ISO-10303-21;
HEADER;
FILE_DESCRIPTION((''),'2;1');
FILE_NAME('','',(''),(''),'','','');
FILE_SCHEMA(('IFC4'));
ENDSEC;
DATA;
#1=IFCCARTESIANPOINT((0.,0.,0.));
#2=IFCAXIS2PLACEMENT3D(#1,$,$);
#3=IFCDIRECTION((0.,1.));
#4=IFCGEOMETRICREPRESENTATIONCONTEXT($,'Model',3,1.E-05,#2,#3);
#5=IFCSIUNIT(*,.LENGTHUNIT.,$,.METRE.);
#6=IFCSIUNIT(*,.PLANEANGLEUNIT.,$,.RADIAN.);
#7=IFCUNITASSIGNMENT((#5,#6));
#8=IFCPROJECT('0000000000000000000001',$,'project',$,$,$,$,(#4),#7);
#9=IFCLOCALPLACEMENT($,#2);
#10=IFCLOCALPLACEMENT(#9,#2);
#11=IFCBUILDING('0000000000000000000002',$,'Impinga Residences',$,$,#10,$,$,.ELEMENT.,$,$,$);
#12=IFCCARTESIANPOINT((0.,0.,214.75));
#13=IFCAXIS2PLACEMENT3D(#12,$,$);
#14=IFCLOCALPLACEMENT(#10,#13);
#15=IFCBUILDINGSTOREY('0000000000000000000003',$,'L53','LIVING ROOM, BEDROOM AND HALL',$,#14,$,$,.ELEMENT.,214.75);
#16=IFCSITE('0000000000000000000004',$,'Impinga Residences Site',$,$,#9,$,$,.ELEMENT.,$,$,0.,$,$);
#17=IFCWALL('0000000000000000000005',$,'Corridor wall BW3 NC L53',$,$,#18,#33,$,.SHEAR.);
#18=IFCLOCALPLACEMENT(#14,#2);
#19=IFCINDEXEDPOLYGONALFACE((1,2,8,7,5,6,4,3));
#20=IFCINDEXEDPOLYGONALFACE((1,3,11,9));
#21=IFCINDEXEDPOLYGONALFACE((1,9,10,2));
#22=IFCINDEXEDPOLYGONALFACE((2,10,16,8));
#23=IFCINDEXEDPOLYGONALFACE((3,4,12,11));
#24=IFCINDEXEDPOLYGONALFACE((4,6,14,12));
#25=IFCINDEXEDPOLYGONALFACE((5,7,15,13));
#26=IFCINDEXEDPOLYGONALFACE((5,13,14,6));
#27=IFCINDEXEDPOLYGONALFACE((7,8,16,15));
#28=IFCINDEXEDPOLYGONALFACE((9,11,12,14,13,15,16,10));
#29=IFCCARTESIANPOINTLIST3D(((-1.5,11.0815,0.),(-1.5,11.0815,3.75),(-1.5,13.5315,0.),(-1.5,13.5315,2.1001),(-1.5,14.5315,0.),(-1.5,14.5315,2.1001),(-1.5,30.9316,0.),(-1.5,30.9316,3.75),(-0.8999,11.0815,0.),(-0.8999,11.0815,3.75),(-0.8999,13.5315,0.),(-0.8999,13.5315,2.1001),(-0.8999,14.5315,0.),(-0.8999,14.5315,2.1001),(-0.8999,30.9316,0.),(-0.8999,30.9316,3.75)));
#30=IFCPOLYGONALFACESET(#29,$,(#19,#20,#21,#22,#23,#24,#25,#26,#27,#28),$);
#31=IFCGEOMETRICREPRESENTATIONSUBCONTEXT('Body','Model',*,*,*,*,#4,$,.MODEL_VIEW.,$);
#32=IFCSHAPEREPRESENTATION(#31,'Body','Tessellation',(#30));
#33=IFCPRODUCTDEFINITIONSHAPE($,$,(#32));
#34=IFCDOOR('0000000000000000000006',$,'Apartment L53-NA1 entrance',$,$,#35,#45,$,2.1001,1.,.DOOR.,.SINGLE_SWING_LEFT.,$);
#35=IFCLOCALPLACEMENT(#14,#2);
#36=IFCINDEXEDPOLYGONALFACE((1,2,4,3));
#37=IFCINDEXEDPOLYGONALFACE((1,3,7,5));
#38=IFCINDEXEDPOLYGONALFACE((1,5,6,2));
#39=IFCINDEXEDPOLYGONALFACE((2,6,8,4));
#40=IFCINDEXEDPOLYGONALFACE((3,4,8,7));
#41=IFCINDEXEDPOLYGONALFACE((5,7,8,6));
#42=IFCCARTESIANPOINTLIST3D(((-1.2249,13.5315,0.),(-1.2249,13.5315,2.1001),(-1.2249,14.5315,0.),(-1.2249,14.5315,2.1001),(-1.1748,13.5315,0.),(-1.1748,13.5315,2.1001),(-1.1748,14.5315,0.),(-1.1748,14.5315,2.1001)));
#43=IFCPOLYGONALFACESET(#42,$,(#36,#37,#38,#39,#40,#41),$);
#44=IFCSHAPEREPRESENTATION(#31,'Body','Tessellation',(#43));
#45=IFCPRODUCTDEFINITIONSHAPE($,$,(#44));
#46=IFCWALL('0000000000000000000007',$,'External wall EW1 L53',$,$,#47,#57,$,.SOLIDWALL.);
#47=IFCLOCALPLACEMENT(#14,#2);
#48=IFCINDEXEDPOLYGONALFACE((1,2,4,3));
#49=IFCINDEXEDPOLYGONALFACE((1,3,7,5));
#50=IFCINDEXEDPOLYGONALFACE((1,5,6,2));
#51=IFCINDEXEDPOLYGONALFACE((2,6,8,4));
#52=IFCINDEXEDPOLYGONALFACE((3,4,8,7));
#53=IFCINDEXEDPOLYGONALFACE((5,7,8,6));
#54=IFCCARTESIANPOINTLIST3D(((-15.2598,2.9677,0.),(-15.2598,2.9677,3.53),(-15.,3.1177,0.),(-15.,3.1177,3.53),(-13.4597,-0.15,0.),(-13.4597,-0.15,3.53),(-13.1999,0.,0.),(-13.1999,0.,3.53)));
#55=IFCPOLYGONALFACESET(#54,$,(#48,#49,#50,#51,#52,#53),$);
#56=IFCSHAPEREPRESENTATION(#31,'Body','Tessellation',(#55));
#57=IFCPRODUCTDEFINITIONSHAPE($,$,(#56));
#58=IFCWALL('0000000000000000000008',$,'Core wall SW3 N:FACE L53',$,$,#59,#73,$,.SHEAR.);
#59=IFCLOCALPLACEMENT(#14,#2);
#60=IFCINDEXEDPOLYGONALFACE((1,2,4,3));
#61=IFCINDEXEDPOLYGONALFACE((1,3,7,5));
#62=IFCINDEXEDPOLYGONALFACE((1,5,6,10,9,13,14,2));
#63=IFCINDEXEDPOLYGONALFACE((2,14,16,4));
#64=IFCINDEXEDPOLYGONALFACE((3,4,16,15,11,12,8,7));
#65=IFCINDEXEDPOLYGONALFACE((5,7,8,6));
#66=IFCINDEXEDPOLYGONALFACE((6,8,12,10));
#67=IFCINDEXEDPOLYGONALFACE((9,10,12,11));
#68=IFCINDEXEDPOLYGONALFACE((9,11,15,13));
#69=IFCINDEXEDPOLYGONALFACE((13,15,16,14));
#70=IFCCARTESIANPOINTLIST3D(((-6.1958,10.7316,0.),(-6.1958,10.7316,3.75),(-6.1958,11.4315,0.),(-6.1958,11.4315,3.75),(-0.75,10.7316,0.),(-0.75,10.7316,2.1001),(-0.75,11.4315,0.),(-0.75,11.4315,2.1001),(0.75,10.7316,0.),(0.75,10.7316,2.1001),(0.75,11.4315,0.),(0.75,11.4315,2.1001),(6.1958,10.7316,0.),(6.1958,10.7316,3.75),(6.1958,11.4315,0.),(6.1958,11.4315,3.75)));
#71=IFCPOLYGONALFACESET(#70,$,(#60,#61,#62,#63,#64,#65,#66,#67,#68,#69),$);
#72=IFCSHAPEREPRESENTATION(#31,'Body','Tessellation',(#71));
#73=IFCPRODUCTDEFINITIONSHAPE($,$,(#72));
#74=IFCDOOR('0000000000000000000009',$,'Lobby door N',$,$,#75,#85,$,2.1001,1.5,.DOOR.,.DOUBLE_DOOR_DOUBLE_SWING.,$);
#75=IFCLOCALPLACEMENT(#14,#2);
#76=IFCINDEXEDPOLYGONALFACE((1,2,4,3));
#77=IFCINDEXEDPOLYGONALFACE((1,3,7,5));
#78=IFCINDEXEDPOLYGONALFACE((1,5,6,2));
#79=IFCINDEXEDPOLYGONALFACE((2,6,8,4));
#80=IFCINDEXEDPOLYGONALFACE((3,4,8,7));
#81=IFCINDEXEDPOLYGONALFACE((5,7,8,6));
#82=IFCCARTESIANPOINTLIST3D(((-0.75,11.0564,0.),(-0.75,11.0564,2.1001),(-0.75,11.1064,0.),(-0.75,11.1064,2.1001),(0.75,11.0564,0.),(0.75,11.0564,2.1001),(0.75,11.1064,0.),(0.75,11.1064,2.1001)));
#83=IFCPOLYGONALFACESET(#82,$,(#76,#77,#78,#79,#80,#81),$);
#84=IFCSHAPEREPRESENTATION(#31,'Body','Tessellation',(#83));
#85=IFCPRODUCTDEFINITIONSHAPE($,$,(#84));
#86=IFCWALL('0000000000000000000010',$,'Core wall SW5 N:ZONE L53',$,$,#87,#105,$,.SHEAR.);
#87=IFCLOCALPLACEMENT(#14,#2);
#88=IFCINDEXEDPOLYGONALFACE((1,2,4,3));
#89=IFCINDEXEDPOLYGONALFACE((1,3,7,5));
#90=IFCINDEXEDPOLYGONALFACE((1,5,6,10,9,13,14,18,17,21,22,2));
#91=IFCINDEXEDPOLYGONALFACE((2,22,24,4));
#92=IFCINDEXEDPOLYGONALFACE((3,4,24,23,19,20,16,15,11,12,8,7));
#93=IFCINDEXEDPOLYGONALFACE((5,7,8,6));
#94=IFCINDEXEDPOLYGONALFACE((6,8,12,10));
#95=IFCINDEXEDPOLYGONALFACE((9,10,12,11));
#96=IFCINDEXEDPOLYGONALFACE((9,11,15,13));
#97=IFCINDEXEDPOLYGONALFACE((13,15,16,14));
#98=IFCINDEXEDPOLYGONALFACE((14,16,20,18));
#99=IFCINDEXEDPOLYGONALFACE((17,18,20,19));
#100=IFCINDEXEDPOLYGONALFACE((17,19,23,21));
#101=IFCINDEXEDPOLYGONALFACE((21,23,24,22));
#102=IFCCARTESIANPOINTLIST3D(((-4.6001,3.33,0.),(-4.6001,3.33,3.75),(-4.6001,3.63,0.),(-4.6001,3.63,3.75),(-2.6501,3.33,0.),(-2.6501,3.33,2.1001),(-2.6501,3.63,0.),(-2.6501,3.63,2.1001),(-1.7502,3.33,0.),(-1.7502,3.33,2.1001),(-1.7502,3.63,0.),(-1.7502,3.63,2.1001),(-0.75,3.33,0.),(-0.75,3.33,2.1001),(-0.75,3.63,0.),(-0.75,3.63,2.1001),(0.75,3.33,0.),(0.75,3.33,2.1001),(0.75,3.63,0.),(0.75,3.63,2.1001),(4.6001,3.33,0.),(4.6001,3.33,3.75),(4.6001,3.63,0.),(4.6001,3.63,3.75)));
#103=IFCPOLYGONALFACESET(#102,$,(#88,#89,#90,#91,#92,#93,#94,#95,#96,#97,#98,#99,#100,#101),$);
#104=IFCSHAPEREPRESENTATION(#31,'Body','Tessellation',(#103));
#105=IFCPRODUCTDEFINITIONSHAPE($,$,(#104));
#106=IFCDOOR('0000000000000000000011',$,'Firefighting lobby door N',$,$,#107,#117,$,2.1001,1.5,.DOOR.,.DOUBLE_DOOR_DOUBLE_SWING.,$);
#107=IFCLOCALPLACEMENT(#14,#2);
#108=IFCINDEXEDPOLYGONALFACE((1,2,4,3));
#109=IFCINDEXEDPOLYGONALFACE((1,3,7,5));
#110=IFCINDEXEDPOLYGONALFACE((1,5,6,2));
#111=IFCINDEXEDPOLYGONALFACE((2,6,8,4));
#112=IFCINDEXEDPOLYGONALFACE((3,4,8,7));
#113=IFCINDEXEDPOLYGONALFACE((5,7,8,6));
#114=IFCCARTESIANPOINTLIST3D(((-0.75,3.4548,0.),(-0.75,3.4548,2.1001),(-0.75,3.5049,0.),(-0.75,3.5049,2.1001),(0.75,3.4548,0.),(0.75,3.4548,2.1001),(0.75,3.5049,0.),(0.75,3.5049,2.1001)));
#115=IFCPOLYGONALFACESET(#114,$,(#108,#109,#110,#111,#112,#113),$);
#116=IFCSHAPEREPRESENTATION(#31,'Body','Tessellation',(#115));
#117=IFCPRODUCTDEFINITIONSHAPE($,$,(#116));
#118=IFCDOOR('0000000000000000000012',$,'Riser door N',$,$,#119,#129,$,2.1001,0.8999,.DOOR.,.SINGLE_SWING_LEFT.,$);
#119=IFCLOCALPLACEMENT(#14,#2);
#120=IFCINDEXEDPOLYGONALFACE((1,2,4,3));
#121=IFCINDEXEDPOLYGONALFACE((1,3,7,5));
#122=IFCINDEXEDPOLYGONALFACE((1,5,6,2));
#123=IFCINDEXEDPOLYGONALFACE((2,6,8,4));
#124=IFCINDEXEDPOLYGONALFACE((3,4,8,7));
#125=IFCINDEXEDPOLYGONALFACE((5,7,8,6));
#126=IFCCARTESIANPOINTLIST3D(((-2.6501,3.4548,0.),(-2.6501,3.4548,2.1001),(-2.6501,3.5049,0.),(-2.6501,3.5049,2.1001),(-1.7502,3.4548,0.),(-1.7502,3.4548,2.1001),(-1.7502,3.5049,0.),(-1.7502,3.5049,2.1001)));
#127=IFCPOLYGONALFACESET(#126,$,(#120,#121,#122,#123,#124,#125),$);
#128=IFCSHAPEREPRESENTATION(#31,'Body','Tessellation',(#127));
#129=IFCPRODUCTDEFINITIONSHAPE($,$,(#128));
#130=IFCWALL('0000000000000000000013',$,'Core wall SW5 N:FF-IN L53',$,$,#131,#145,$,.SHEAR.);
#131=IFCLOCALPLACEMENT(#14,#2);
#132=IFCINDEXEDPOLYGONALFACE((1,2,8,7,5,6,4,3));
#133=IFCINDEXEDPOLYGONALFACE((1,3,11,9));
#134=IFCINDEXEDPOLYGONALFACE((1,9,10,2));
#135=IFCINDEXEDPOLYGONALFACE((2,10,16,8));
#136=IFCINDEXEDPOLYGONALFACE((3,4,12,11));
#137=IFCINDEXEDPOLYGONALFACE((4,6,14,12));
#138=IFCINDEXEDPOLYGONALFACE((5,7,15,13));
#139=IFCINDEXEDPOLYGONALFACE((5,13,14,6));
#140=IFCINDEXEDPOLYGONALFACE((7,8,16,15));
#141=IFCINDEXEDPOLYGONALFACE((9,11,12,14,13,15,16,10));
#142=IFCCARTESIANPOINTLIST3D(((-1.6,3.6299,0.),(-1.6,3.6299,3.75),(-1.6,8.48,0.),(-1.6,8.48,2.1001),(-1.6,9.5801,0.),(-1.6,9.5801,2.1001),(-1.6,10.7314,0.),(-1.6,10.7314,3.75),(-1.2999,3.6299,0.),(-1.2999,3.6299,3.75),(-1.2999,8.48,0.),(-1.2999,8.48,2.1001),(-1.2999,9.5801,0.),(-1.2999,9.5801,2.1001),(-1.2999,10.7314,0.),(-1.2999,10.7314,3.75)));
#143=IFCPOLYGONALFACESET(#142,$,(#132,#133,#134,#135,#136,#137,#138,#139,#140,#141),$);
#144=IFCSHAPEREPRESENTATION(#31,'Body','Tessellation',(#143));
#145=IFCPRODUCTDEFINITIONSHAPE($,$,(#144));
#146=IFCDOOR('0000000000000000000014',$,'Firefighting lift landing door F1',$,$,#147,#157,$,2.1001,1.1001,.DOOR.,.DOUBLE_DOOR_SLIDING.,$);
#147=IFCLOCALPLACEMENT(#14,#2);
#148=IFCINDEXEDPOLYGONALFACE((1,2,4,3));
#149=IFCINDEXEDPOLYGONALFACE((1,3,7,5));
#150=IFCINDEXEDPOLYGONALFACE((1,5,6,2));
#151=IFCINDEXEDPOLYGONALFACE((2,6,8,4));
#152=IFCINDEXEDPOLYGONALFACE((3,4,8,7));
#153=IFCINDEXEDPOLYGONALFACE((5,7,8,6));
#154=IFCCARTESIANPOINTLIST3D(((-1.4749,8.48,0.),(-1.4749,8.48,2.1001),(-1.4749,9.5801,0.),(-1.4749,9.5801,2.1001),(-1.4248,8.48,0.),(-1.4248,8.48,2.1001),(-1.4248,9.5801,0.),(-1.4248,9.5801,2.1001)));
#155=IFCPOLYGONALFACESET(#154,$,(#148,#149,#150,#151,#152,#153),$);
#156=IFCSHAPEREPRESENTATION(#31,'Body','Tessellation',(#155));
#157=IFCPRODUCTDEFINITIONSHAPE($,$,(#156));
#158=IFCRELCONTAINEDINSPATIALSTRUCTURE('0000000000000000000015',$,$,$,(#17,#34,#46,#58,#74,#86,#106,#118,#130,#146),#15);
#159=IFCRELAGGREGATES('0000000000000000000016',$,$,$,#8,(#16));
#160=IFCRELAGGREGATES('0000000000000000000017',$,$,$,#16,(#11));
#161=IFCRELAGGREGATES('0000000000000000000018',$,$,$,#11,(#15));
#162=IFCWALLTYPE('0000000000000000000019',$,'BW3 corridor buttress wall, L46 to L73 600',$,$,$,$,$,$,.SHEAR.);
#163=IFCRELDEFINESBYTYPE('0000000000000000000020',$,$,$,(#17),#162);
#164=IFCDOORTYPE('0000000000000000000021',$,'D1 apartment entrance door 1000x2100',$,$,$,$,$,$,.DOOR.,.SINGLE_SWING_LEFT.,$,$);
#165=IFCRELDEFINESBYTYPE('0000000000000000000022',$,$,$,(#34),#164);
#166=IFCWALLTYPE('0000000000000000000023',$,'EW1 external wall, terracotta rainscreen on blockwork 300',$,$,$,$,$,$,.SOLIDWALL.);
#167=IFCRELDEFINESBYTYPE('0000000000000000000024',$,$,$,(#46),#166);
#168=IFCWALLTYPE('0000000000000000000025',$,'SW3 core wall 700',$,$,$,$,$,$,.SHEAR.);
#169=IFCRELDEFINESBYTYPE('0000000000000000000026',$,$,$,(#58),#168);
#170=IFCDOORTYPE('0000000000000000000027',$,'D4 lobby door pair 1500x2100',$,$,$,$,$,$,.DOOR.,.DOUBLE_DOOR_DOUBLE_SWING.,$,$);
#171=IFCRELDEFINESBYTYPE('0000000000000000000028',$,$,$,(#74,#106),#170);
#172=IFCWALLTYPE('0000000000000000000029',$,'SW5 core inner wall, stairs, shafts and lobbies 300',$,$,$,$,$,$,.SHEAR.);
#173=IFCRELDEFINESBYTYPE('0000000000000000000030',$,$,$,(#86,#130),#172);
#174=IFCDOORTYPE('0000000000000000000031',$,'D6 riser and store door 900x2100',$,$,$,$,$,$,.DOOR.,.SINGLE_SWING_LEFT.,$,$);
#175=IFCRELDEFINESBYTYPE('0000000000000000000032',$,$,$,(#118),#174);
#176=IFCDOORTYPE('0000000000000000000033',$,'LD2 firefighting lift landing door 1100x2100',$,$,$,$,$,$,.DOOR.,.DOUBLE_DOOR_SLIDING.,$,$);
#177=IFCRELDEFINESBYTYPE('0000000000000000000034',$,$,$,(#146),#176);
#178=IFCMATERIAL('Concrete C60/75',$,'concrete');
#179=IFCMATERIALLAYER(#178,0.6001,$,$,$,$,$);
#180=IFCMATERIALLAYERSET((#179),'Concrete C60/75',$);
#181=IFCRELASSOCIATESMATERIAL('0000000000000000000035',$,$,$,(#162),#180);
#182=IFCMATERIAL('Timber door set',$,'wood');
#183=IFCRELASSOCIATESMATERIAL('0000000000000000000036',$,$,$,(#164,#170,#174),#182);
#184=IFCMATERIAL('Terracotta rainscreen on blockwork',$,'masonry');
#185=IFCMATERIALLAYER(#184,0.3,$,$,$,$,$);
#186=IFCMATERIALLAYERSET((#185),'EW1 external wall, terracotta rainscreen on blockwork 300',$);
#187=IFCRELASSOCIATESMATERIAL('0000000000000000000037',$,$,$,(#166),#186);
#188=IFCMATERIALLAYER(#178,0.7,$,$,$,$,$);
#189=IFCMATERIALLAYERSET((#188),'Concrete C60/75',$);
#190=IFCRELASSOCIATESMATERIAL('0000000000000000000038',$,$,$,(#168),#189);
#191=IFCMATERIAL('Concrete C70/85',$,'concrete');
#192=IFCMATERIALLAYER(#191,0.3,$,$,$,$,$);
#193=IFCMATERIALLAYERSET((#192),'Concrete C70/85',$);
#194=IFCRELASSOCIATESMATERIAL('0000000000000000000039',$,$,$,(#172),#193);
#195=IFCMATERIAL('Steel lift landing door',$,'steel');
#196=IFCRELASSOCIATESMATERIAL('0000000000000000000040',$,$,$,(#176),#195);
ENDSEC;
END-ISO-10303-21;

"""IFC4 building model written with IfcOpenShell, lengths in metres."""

from ifc_helpers import new_model, si_unit, direction, frame, frame_2d, origin, place, context, subcontext, project, spatial, rectangle, extrude, material, layer, layer_set, type_object, element, fill, save


model = new_model("IFC4")

# Units and contexts
model_context = context("Model", 3, precision=1e-05, world=origin(), true_north=direction((0.0, 1.0)))
body_context = subcontext(model_context, "Body", "Model", "MODEL_VIEW")
ifc_project = project(units=[si_unit("LENGTHUNIT", "METRE"), si_unit("PLANEANGLEUNIT", "RADIAN")], contexts=[model_context])

# Site, building, storey
site_placement = place(None, origin())
site = spatial("IfcSite", under=ifc_project, at=site_placement, Name="Impinga Residences Site", CompositionType="ELEMENT", RefElevation=0.0)
building_placement = place(site_placement, origin())
building = spatial("IfcBuilding", under=site, at=building_placement, Name="Impinga Residences", CompositionType="ELEMENT")
storey_placement = place(building_placement, frame((0.0, 0.0, 214.75)))
storey = spatial("IfcBuildingStorey", under=building, at=storey_placement, Name="L53", Description="LIVING ROOM, BEDROOM AND HALL", CompositionType="ELEMENT", Elevation=214.75)

# Wall, opening, door
ifc_material_1 = material(Name="Concrete C60/75", Category="concrete")
ifc_layer_1 = layer(ifc_material_1, 0.6001)
ifc_layer_set_1 = layer_set([ifc_layer_1], Name="Concrete C60/75")
wall_type_1 = type_object("IfcWallType", Name="BW3 corridor buttress wall, L46 to L73 600", PredefinedType="SHEAR", material=ifc_layer_set_1)
wall_1_placement = place(storey_placement, frame((-1.2, 11.0815, 0.0), z_axis=(0.0, 0.0, 1.0), x_axis=(0.0, 1.0, 0.0)))
wall_1 = element("IfcWall", 1, at=wall_1_placement, inside=storey, type_object=wall_type_1, Name="Corridor wall BW3 NC L53", PredefinedType="SHEAR", context=body_context, shape_type="SweptSolid", body=[
    extrude(rectangle(XDim=19.8501, YDim=0.6001, at=frame_2d((9.925, 0.0))), origin(), (0.0, 0.0, 1.0), 3.75),
])
opening_1_placement = place(wall_1_placement, frame((2.45, 0.0, 0.0)))
opening_1 = element("IfcOpeningElement", 2, at=opening_1_placement, cuts=wall_1, PredefinedType="OPENING", context=body_context, shape_type="SweptSolid", body=[
    extrude(rectangle(XDim=1.0, YDim=2.1001, at=frame_2d((0.5, 1.05))), frame((0.0, 0.3101, 0.0), z_axis=(0.0, -1.0, 0.0), x_axis=(1.0, 0.0, 0.0)), (0.0, 0.0, 1.0), 0.6201),
])
ifc_material_2 = material(Name="Timber door set", Category="wood")
door_type_1 = type_object("IfcDoorType", Name="D1 apartment entrance door 1000x2100", OperationType="SINGLE_SWING_LEFT", PredefinedType="DOOR", material=ifc_material_2)
door_1_placement = place(opening_1_placement, origin())
door_1 = element("IfcDoor", 3, at=door_1_placement, inside=storey, type_object=door_type_1, Name="Apartment L53-NA1 entrance", OperationType="SINGLE_SWING_LEFT", OverallHeight=2.1001, OverallWidth=1.0, PredefinedType="DOOR", context=body_context, shape_type="SweptSolid", body=[
    extrude(rectangle(XDim=1.0, YDim=2.1001, at=frame_2d((0.5, 1.05))), frame((0.0, 0.0249, 0.0), z_axis=(0.0, -1.0, 0.0), x_axis=(1.0, 0.0, 0.0)), (0.0, 0.0, 1.0), 0.05),
])
fill(opening_1, door_1)

# Wall
ifc_material_3 = material(Name="Terracotta rainscreen on blockwork", Category="masonry")
ifc_layer_2 = layer(ifc_material_3, 0.3)
ifc_layer_set_2 = layer_set([ifc_layer_2], Name="EW1 external wall, terracotta rainscreen on blockwork 300")
wall_type_2 = type_object("IfcWallType", Name="EW1 external wall, terracotta rainscreen on blockwork 300", PredefinedType="SOLIDWALL", material=ifc_layer_set_2)
wall_2_placement = place(storey_placement, frame((-15.1299, 3.0427, 0.0), z_axis=(0.0, 0.0, 1.0), x_axis=(0.500012, -0.866018, 0.0)))
element("IfcWall", 4, at=wall_2_placement, inside=storey, type_object=wall_type_2, Name="External wall EW1 L53", PredefinedType="SOLIDWALL", context=body_context, shape_type="SweptSolid", body=[
    extrude(rectangle(XDim=3.6001, YDim=0.3, at=frame_2d((1.8, 0.0))), origin(), (0.0, 0.0, 1.0), 3.53),
])

# Wall, opening, door
ifc_layer_3 = layer(ifc_material_1, 0.7)
ifc_layer_set_3 = layer_set([ifc_layer_3], Name="Concrete C60/75")
wall_type_3 = type_object("IfcWallType", Name="SW3 core wall 700", PredefinedType="SHEAR", material=ifc_layer_set_3)
wall_3_placement = place(storey_placement, frame((-6.1958, 11.0815, 0.0), z_axis=(0.0, 0.0, 1.0), x_axis=(1.0, 0.0, 0.0)))
wall_3 = element("IfcWall", 5, at=wall_3_placement, inside=storey, type_object=wall_type_3, Name="Core wall SW3 N:FACE L53", PredefinedType="SHEAR", context=body_context, shape_type="SweptSolid", body=[
    extrude(rectangle(XDim=12.3916, YDim=0.7, at=frame_2d((6.1958, 0.0))), origin(), (0.0, 0.0, 1.0), 3.75),
])
opening_2_placement = place(wall_3_placement, frame((5.4458, 0.0, 0.0)))
opening_2 = element("IfcOpeningElement", 6, at=opening_2_placement, cuts=wall_3, PredefinedType="OPENING", context=body_context, shape_type="SweptSolid", body=[
    extrude(rectangle(XDim=1.5, YDim=2.1001, at=frame_2d((0.75, 1.05))), frame((0.0, 0.3599, 0.0), z_axis=(0.0, -1.0, 0.0), x_axis=(1.0, 0.0, 0.0)), (0.0, 0.0, 1.0), 0.72),
])
door_type_2 = type_object("IfcDoorType", Name="D4 lobby door pair 1500x2100", OperationType="DOUBLE_DOOR_DOUBLE_SWING", PredefinedType="DOOR", material=ifc_material_2)
door_2_placement = place(opening_2_placement, origin())
door_2 = element("IfcDoor", 7, at=door_2_placement, inside=storey, type_object=door_type_2, Name="Lobby door N", OperationType="DOUBLE_DOOR_DOUBLE_SWING", OverallHeight=2.1001, OverallWidth=1.5, PredefinedType="DOOR", context=body_context, shape_type="SweptSolid", body=[
    extrude(rectangle(XDim=1.5, YDim=2.1001, at=frame_2d((0.75, 1.05))), frame((0.0, 0.0249, 0.0), z_axis=(0.0, -1.0, 0.0), x_axis=(1.0, 0.0, 0.0)), (0.0, 0.0, 1.0), 0.05),
])
fill(opening_2, door_2)

# Wall, openings, doors
ifc_material_4 = material(Name="Concrete C70/85", Category="concrete")
ifc_layer_4 = layer(ifc_material_4, 0.3)
ifc_layer_set_4 = layer_set([ifc_layer_4], Name="Concrete C70/85")
wall_type_4 = type_object("IfcWallType", Name="SW5 core inner wall, stairs, shafts and lobbies 300", PredefinedType="SHEAR", material=ifc_layer_set_4)
wall_4_placement = place(storey_placement, frame((-4.6001, 3.48, 0.0), z_axis=(0.0, 0.0, 1.0), x_axis=(1.0, 0.0, 0.0)))
wall_4 = element("IfcWall", 8, at=wall_4_placement, inside=storey, type_object=wall_type_4, Name="Core wall SW5 N:ZONE L53", PredefinedType="SHEAR", context=body_context, shape_type="SweptSolid", body=[
    extrude(rectangle(XDim=9.2002, YDim=0.3, at=frame_2d((4.6001, 0.0))), origin(), (0.0, 0.0, 1.0), 3.75),
])
opening_3_placement = place(wall_4_placement, frame((3.8501, 0.0, 0.0)))
opening_3 = element("IfcOpeningElement", 9, at=opening_3_placement, cuts=wall_4, PredefinedType="OPENING", context=body_context, shape_type="SweptSolid", body=[
    extrude(rectangle(XDim=1.5, YDim=2.1001, at=frame_2d((0.75, 1.05))), frame((0.0, 0.1599, 0.0), z_axis=(0.0, -1.0, 0.0), x_axis=(1.0, 0.0, 0.0)), (0.0, 0.0, 1.0), 0.3201),
])
opening_4_placement = place(wall_4_placement, frame((1.95, 0.0, 0.0)))
opening_4 = element("IfcOpeningElement", 10, at=opening_4_placement, cuts=wall_4, PredefinedType="OPENING", context=body_context, shape_type="SweptSolid", body=[
    extrude(rectangle(XDim=0.8999, YDim=2.1001, at=frame_2d((0.45, 1.05))), frame((0.0, 0.1599, 0.0), z_axis=(0.0, -1.0, 0.0), x_axis=(1.0, 0.0, 0.0)), (0.0, 0.0, 1.0), 0.3201),
])
door_3_placement = place(opening_3_placement, origin())
door_3 = element("IfcDoor", 11, at=door_3_placement, inside=storey, type_object=door_type_2, Name="Firefighting lobby door N", OperationType="DOUBLE_DOOR_DOUBLE_SWING", OverallHeight=2.1001, OverallWidth=1.5, PredefinedType="DOOR", context=body_context, shape_type="SweptSolid", body=[
    extrude(rectangle(XDim=1.5, YDim=2.1001, at=frame_2d((0.75, 1.05))), frame((0.0, 0.0249, 0.0), z_axis=(0.0, -1.0, 0.0), x_axis=(1.0, 0.0, 0.0)), (0.0, 0.0, 1.0), 0.05),
])
fill(opening_3, door_3)
door_type_3 = type_object("IfcDoorType", Name="D6 riser and store door 900x2100", OperationType="SINGLE_SWING_LEFT", PredefinedType="DOOR", material=ifc_material_2)
door_4_placement = place(opening_4_placement, origin())
door_4 = element("IfcDoor", 12, at=door_4_placement, inside=storey, type_object=door_type_3, Name="Riser door N", OperationType="SINGLE_SWING_LEFT", OverallHeight=2.1001, OverallWidth=0.8999, PredefinedType="DOOR", context=body_context, shape_type="SweptSolid", body=[
    extrude(rectangle(XDim=0.8999, YDim=2.1001, at=frame_2d((0.45, 1.05))), frame((0.0, 0.0249, 0.0), z_axis=(0.0, -1.0, 0.0), x_axis=(1.0, 0.0, 0.0)), (0.0, 0.0, 1.0), 0.05),
])
fill(opening_4, door_4)

# Wall, opening, door
wall_5_placement = place(storey_placement, frame((-1.45, 3.6299, 0.0), z_axis=(0.0, 0.0, 1.0), x_axis=(0.0, 1.0, 0.0)))
wall_5 = element("IfcWall", 13, at=wall_5_placement, inside=storey, type_object=wall_type_4, Name="Core wall SW5 N:FF-IN L53", PredefinedType="SHEAR", context=body_context, shape_type="SweptSolid", body=[
    extrude(rectangle(XDim=7.1016, YDim=0.3, at=frame_2d((3.5508, 0.0))), origin(), (0.0, 0.0, 1.0), 3.75),
])
opening_5_placement = place(wall_5_placement, frame((4.8501, 0.0, 0.0)))
opening_5 = element("IfcOpeningElement", 14, at=opening_5_placement, cuts=wall_5, PredefinedType="OPENING", context=body_context, shape_type="SweptSolid", body=[
    extrude(rectangle(XDim=1.1001, YDim=2.1001, at=frame_2d((0.55, 1.05))), frame((0.0, 0.1599, 0.0), z_axis=(0.0, -1.0, 0.0), x_axis=(1.0, 0.0, 0.0)), (0.0, 0.0, 1.0), 0.3201),
])
ifc_material_5 = material(Name="Steel lift landing door", Category="steel")
door_type_4 = type_object("IfcDoorType", Name="LD2 firefighting lift landing door 1100x2100", OperationType="DOUBLE_DOOR_SLIDING", PredefinedType="DOOR", material=ifc_material_5)
door_5_placement = place(opening_5_placement, origin())
door_5 = element("IfcDoor", 15, at=door_5_placement, inside=storey, type_object=door_type_4, Name="Firefighting lift landing door F1", OperationType="DOUBLE_DOOR_SLIDING", OverallHeight=2.1001, OverallWidth=1.1001, PredefinedType="DOOR", context=body_context, shape_type="SweptSolid", body=[
    extrude(rectangle(XDim=1.1001, YDim=2.1001, at=frame_2d((0.55, 1.05))), frame((0.0, 0.0249, 0.0), z_axis=(0.0, -1.0, 0.0), x_axis=(1.0, 0.0, 0.0)), (0.0, 0.0, 1.0), 0.05),
])
fill(opening_5, door_5)

save(model, "model.ifc")
